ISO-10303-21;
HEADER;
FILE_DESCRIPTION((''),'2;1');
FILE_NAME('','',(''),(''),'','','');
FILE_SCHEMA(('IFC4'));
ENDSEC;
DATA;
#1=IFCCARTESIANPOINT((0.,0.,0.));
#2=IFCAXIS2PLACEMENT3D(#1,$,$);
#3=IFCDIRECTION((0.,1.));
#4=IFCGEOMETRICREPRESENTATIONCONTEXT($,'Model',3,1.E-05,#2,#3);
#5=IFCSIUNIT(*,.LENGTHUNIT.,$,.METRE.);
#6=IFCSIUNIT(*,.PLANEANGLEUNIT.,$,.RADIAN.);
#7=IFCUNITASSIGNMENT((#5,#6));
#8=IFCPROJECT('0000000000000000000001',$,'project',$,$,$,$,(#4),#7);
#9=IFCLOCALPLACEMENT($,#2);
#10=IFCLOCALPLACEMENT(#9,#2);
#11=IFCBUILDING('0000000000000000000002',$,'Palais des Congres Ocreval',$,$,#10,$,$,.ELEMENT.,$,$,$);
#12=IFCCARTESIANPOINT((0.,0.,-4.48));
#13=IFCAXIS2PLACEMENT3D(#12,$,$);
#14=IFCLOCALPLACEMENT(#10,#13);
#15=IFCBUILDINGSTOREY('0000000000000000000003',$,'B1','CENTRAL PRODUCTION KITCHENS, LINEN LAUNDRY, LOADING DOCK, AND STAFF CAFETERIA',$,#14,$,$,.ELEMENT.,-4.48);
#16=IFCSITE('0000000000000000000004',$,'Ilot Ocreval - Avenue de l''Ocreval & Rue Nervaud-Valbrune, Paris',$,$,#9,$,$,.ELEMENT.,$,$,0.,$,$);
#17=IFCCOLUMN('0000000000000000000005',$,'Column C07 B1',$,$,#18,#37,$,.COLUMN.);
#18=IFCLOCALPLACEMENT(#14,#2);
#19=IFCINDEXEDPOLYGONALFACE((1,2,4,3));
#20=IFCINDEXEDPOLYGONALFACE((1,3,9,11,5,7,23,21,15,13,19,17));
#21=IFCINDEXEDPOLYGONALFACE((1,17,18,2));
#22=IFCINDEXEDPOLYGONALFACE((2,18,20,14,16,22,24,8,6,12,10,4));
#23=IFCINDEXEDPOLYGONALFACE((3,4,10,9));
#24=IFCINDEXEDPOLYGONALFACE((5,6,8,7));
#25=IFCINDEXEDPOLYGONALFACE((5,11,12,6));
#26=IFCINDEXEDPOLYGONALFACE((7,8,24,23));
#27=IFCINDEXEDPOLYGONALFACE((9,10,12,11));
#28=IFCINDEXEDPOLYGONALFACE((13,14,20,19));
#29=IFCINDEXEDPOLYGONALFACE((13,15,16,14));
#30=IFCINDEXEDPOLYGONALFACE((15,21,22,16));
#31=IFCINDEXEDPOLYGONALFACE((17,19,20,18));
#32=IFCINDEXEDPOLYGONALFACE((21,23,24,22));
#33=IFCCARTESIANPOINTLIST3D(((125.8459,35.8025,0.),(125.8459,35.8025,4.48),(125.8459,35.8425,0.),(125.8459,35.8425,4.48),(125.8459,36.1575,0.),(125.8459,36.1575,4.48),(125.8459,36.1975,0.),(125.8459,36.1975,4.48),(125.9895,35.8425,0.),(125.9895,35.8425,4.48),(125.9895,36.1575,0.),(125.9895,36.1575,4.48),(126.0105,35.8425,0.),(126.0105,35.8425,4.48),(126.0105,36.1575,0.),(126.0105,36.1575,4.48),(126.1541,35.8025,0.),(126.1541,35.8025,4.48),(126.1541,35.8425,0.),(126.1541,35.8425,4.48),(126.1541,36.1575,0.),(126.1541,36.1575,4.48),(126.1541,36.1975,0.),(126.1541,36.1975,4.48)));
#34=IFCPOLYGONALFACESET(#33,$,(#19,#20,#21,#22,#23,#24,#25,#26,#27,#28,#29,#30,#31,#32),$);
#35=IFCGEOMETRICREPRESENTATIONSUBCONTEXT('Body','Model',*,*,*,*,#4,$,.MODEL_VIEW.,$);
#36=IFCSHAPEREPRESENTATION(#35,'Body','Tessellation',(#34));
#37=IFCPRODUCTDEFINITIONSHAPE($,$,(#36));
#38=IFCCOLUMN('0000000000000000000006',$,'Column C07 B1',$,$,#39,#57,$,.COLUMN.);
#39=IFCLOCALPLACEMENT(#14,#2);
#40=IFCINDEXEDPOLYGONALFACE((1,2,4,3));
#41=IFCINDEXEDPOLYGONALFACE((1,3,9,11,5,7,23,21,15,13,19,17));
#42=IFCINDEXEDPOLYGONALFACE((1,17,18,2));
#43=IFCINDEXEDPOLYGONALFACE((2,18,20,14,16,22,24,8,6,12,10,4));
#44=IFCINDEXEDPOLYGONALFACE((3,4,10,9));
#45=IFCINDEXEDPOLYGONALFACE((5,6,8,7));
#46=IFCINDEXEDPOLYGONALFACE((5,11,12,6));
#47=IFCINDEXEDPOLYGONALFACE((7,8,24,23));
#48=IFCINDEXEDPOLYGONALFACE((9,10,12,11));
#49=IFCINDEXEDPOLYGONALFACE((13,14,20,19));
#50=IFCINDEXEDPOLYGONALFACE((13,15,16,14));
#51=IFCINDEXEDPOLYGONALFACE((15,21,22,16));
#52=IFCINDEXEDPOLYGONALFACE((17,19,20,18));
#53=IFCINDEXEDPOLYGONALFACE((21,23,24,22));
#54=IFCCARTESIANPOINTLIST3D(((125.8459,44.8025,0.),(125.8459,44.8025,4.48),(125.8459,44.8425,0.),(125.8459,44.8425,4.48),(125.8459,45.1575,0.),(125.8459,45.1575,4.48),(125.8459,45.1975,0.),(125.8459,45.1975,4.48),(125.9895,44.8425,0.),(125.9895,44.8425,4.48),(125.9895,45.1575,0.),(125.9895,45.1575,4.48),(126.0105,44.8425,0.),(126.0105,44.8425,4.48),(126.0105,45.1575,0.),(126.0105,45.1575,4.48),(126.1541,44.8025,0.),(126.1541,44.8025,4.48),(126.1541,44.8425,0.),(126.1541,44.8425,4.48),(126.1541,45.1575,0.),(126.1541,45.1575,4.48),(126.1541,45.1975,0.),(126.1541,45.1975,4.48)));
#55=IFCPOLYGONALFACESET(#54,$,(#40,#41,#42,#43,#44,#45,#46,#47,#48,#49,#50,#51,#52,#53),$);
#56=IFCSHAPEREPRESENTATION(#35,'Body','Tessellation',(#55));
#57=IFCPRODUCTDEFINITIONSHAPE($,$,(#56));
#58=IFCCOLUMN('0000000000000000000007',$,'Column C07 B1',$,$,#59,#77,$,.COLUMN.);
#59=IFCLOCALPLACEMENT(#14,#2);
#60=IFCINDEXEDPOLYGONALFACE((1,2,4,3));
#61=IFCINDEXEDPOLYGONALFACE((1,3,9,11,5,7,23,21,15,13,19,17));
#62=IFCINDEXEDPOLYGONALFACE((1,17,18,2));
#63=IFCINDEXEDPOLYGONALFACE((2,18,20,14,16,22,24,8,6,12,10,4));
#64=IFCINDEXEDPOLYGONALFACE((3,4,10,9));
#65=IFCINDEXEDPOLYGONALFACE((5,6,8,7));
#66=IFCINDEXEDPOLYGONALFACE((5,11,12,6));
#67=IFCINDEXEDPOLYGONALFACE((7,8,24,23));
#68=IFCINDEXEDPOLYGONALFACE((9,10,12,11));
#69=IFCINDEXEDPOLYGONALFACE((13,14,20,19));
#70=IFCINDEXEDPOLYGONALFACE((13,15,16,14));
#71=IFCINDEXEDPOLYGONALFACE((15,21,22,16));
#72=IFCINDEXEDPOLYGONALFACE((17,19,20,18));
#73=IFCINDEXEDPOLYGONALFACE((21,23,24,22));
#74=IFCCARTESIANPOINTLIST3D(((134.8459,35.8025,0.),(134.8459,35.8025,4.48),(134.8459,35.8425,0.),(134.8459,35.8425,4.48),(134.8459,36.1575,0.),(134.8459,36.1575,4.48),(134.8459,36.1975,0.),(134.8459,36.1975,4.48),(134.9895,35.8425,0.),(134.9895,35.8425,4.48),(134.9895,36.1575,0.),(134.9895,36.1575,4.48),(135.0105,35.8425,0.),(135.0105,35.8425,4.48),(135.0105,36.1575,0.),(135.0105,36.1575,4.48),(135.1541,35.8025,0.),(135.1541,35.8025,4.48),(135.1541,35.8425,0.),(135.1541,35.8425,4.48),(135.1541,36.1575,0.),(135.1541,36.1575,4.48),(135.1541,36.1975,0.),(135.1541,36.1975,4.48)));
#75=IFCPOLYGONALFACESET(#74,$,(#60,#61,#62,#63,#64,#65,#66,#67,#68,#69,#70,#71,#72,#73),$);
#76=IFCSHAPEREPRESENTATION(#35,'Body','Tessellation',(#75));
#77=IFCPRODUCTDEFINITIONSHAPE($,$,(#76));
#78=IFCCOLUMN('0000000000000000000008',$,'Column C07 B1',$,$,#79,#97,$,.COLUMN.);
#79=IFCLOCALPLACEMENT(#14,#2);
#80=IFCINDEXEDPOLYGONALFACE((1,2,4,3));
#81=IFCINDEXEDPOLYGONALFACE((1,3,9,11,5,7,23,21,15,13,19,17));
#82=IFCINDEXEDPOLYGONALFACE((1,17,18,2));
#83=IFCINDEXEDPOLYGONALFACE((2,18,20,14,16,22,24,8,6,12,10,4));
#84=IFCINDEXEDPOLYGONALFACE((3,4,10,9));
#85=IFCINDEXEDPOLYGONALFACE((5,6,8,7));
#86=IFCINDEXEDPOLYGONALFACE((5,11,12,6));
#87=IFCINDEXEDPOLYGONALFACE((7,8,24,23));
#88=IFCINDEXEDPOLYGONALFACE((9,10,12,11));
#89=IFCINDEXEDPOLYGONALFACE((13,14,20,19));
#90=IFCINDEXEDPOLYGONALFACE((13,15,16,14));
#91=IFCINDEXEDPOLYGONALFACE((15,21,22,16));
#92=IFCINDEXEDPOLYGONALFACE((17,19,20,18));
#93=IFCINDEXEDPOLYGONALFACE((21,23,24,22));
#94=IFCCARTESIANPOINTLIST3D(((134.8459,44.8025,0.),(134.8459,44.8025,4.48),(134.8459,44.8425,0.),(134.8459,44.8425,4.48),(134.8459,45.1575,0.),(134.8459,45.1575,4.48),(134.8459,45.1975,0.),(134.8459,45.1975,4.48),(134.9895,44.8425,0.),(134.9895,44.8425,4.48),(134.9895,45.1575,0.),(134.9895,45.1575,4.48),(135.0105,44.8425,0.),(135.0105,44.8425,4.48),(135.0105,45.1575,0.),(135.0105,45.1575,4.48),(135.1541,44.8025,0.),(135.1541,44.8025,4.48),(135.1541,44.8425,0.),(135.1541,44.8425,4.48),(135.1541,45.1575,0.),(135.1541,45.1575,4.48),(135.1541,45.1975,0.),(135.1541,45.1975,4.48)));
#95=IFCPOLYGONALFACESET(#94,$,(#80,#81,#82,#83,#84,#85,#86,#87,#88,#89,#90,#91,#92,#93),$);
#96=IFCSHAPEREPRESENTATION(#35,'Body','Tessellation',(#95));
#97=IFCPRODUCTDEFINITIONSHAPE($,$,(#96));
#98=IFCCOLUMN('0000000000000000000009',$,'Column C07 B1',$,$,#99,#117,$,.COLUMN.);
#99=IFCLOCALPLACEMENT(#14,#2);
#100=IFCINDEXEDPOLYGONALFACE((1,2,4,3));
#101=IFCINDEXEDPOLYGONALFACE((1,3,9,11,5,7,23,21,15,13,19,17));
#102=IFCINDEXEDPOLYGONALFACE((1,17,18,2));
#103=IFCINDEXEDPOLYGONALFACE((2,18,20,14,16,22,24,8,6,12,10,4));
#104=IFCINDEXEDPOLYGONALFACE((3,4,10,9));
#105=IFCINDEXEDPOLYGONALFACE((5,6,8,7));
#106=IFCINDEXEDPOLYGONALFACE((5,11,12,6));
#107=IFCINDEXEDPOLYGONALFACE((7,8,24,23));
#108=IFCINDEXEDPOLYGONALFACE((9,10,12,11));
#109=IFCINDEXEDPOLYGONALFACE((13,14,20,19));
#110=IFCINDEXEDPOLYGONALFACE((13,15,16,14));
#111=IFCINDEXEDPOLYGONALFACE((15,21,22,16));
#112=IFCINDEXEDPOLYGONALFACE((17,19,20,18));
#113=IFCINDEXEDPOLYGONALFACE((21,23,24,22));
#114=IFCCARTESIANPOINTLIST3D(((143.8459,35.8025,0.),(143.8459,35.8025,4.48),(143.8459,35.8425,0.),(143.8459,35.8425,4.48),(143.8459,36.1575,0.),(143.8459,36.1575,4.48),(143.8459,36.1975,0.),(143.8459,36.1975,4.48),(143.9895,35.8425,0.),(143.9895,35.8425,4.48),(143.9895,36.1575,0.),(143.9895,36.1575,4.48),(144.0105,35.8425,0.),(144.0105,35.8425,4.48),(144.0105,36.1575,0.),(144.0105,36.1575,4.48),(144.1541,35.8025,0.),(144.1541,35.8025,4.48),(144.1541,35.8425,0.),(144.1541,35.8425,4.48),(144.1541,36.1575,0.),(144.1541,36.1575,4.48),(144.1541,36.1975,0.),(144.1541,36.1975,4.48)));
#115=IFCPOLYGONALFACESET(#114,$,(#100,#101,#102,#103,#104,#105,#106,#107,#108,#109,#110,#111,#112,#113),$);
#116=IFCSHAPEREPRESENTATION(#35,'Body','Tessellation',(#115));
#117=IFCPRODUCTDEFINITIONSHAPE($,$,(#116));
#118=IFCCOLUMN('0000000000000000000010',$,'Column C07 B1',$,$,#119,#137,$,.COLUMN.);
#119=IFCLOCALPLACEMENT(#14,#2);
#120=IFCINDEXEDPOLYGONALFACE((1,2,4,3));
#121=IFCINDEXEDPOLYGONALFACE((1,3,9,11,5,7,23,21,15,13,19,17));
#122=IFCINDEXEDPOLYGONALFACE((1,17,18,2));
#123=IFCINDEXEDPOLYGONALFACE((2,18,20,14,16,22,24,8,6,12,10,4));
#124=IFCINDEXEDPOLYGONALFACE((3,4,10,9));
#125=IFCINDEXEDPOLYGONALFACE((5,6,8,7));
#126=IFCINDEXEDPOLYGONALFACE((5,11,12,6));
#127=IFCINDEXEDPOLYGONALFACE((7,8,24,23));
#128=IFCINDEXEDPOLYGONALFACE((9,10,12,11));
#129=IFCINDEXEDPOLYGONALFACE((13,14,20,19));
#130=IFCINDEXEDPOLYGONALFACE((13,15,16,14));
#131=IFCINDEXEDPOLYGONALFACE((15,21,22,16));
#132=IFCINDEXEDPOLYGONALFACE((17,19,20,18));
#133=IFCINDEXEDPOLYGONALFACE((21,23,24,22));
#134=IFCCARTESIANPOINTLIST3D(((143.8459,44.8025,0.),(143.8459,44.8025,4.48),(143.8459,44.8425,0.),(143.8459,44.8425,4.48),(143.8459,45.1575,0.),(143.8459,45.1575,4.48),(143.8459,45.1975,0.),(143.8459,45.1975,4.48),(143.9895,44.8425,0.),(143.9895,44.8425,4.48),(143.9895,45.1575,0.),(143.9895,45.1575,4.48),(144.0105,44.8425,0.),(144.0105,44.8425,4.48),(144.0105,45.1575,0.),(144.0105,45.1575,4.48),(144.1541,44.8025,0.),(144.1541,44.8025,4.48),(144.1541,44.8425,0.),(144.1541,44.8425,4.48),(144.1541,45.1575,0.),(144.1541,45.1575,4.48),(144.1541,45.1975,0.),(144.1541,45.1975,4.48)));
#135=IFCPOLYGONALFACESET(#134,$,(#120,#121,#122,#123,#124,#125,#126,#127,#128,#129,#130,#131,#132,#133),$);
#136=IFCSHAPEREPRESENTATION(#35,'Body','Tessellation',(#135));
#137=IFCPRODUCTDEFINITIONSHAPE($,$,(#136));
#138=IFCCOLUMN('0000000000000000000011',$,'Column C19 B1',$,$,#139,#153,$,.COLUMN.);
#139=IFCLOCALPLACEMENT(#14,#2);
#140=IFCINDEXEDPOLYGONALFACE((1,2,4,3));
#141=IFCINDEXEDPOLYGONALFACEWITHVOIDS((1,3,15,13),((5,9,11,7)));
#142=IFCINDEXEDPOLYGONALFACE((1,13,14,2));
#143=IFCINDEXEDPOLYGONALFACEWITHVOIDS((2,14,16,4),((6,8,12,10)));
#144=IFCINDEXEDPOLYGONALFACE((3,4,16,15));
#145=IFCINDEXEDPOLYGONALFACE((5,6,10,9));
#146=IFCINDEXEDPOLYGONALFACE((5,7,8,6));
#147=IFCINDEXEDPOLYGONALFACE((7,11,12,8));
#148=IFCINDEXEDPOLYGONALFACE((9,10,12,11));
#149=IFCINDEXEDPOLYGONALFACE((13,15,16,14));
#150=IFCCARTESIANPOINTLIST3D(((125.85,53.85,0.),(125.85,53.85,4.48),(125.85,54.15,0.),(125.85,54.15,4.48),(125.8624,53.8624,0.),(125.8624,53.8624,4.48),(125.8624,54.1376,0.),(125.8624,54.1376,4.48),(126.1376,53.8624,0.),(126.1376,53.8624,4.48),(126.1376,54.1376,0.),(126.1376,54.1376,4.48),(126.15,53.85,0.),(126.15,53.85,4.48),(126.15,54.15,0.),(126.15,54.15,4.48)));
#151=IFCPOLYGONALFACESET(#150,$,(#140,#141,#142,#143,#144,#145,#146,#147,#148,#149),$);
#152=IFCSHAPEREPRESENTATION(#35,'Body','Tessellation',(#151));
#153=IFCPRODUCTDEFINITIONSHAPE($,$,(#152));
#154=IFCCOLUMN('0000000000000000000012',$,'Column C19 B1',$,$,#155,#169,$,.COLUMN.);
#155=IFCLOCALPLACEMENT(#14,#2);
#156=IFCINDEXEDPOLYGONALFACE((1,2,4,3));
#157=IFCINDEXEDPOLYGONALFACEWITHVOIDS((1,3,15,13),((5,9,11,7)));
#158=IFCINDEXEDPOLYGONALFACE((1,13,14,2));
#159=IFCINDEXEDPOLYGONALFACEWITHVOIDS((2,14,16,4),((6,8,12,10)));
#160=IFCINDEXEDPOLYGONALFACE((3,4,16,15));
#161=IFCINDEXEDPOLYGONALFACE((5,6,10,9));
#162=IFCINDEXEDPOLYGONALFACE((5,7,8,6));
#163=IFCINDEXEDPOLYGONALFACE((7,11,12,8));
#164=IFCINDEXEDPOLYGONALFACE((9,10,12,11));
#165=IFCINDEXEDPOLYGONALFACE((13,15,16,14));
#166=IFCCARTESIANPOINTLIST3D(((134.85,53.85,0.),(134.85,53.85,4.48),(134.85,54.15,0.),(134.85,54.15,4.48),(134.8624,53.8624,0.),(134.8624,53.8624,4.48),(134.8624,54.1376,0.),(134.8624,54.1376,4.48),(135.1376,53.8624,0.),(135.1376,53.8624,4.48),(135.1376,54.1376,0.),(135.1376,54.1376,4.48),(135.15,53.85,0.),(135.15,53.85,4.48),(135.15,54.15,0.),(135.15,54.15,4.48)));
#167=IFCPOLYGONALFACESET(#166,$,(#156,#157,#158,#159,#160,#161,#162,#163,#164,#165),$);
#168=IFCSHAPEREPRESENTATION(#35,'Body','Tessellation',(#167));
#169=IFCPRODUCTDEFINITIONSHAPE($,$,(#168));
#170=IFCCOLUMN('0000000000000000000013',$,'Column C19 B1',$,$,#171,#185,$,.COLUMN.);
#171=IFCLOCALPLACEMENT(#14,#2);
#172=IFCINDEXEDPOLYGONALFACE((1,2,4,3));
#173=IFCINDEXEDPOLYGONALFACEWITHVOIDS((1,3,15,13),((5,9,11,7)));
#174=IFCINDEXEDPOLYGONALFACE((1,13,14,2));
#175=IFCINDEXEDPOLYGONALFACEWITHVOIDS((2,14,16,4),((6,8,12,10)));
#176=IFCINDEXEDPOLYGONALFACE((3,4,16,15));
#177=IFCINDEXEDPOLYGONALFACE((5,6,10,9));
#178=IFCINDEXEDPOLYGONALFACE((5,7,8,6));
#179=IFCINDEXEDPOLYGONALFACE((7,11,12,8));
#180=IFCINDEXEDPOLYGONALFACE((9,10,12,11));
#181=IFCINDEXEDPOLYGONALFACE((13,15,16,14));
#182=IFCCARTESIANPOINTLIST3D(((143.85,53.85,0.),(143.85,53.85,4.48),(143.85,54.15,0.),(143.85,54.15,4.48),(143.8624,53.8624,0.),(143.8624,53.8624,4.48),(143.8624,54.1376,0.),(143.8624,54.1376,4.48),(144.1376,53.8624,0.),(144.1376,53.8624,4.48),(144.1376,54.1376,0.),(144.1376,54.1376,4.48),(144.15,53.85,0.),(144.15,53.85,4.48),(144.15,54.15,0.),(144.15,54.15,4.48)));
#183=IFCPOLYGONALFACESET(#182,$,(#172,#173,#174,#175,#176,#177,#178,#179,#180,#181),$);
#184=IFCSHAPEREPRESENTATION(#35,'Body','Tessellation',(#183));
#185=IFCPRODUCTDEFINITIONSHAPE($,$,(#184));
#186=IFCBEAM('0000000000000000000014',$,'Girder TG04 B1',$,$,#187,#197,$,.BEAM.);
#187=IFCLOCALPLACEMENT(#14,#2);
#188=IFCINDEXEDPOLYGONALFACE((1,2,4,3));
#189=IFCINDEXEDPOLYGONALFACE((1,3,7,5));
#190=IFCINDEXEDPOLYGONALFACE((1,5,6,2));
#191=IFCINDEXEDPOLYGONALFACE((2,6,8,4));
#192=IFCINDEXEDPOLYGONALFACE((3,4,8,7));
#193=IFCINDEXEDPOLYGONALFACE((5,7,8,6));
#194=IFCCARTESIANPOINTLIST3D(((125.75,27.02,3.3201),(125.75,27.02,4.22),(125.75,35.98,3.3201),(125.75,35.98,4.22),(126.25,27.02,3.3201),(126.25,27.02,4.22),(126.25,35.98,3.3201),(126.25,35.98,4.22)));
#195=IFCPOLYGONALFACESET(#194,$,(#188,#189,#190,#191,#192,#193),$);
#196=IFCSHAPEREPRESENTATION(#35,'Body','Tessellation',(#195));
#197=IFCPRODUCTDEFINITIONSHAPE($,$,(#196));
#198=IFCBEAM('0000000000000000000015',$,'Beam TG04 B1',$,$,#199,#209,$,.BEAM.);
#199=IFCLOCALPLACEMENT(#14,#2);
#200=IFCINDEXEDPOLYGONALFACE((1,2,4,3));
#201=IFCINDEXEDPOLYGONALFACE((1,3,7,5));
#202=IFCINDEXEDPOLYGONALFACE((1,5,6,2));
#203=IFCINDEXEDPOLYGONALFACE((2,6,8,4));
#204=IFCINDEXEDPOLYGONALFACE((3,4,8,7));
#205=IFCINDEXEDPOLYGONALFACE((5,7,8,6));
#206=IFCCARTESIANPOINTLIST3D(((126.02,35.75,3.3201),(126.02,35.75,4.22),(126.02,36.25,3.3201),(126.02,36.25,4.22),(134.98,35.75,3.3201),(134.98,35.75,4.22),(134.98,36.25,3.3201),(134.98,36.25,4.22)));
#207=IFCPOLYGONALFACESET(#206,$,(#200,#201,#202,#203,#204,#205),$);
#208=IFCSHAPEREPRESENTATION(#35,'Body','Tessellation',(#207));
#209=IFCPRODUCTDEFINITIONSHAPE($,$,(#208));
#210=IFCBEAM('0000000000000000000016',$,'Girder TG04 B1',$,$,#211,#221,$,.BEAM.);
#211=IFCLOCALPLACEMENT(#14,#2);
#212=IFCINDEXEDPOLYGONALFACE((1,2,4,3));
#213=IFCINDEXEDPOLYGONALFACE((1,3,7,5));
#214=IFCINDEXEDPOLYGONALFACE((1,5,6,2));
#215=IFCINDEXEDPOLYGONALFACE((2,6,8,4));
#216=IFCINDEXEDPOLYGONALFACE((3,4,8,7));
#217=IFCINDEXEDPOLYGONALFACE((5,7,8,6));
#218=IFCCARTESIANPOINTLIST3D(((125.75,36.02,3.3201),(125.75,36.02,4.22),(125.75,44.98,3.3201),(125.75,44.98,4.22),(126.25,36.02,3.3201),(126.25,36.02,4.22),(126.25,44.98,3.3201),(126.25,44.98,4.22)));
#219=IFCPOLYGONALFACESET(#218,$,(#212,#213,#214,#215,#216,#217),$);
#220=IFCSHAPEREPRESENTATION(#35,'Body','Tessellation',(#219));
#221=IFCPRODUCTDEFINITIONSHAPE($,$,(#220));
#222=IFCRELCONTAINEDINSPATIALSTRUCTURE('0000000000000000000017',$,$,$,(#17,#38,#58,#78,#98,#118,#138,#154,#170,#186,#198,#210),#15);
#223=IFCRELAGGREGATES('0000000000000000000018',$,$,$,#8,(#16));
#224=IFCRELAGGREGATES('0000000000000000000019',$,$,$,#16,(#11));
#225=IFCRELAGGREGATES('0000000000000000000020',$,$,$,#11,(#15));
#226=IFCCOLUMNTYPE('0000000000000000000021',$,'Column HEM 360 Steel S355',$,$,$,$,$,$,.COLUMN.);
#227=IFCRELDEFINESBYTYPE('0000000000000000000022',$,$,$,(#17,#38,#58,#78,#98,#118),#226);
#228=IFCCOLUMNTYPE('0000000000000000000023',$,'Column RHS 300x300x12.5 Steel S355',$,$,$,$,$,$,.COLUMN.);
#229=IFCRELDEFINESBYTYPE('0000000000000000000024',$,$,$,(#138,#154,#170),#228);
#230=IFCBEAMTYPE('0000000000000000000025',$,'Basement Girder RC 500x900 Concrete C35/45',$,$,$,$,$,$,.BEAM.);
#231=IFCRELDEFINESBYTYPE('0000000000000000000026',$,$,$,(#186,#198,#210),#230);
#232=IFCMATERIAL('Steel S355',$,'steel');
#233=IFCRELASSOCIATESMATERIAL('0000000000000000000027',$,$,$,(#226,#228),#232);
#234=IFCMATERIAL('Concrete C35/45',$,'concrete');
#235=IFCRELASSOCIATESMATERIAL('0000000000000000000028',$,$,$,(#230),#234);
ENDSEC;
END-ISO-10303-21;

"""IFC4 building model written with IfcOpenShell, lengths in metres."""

from ifc_helpers import new_model, si_unit, direction, frame, origin, origin_2d, place, context, subcontext, project, spatial, rectangle, hollow_rectangle, i_section, extrude, material, material_profile, profile_set, type_object, element, save


model = new_model("IFC4")

# Units and contexts
model_context = context("Model", 3, precision=1e-05, world=origin(), true_north=direction((0.0, 1.0)))
body_context = subcontext(model_context, "Body", "Model", "MODEL_VIEW")
ifc_project = project(units=[si_unit("LENGTHUNIT", "METRE"), si_unit("PLANEANGLEUNIT", "RADIAN")], contexts=[model_context])

# Site, building, storey
site_placement = place(None, origin())
site = spatial("IfcSite", under=ifc_project, at=site_placement, Name="Ilot Ocreval - Avenue de l'Ocreval & Rue Nervaud-Valbrune, Paris", CompositionType="ELEMENT", RefElevation=0.0)
building_placement = place(site_placement, origin())
building = spatial("IfcBuilding", under=site, at=building_placement, Name="Palais des Congres Ocreval", CompositionType="ELEMENT")
storey_placement = place(building_placement, frame((0.0, 0.0, -4.48)))
storey = spatial("IfcBuildingStorey", under=building, at=storey_placement, Name="B1", Description="CENTRAL PRODUCTION KITCHENS, LINEN LAUNDRY, LOADING DOCK, AND STAFF CAFETERIA", CompositionType="ELEMENT", Elevation=-4.48)

# Columns
ifc_material_1 = material(Name="Steel S355", Category="steel")
ifc_material_profile_1 = material_profile(ifc_material_1, i_section(OverallWidth=0.3081, OverallDepth=0.395, WebThickness=0.021, FlangeThickness=0.04, at=origin_2d()), Name="HEM 360")
ifc_profile_set_1 = profile_set([ifc_material_profile_1], Name="Steel S355")
column_type_1 = type_object("IfcColumnType", Name="Column HEM 360 Steel S355", PredefinedType="COLUMN", material=ifc_profile_set_1)
for number, where, z_axis, x_axis, name in (
    (1, (126.0, 36.0, 0.0), (0.0, 0.0, 1.0), (1.0, 0.0, 0.0), "Column C07 B1"),
    (2, (126.0, 45.0, 0.0), (0.0, 0.0, 1.0), (1.0, 0.0, 0.0), "Column C07 B1"),
    (3, (135.0, 36.0, 0.0), (0.0, 0.0, 1.0), (1.0, 0.0, 0.0), "Column C07 B1"),
    (4, (135.0, 45.0, 0.0), (0.0, 0.0, 1.0), (1.0, 0.0, 0.0), "Column C07 B1"),
    (5, (144.0, 36.0, 0.0), (0.0, 0.0, 1.0), (1.0, 0.0, 0.0), "Column C07 B1"),
    (6, (144.0, 45.0, 0.0), (0.0, 0.0, 1.0), (1.0, 0.0, 0.0), "Column C07 B1"),
):
    element("IfcColumn", number, at=place(storey_placement, frame(where, z_axis=z_axis, x_axis=x_axis)), inside=storey, type_object=column_type_1, Name=name, PredefinedType="COLUMN", context=body_context, shape_type="SweptSolid", body=[
        extrude(i_section(OverallWidth=0.3081, OverallDepth=0.395, WebThickness=0.021, FlangeThickness=0.04, at=origin_2d()), origin(), (0.0, 0.0, 1.0), 4.48),
    ])
ifc_material_profile_2 = material_profile(ifc_material_1, hollow_rectangle(XDim=0.3, YDim=0.3, WallThickness=0.0125, at=origin_2d()), Name="RHS 300x300x12.5")
ifc_profile_set_2 = profile_set([ifc_material_profile_2], Name="Steel S355")
column_type_2 = type_object("IfcColumnType", Name="Column RHS 300x300x12.5 Steel S355", PredefinedType="COLUMN", material=ifc_profile_set_2)
for number, where, z_axis, x_axis, name in (
    (7, (126.0, 54.0, 0.0), (0.0, 0.0, 1.0), (1.0, 0.0, 0.0), "Column C19 B1"),
    (8, (135.0, 54.0, 0.0), (0.0, 0.0, 1.0), (1.0, 0.0, 0.0), "Column C19 B1"),
    (9, (144.0, 54.0, 0.0), (0.0, 0.0, 1.0), (1.0, 0.0, 0.0), "Column C19 B1"),
):
    element("IfcColumn", number, at=place(storey_placement, frame(where, z_axis=z_axis, x_axis=x_axis)), inside=storey, type_object=column_type_2, Name=name, PredefinedType="COLUMN", context=body_context, shape_type="SweptSolid", body=[
        extrude(hollow_rectangle(XDim=0.3, YDim=0.3, WallThickness=0.0125, at=origin_2d()), origin(), (0.0, 0.0, 1.0), 4.48),
    ])

# Beams
ifc_material_2 = material(Name="Concrete C35/45", Category="concrete")
ifc_material_profile_3 = material_profile(ifc_material_2, rectangle(XDim=0.5, YDim=0.8999, at=origin_2d()), Name="RC 500x900")
ifc_profile_set_3 = profile_set([ifc_material_profile_3], Name="Concrete C35/45")
beam_type = type_object("IfcBeamType", Name="Basement Girder RC 500x900 Concrete C35/45", PredefinedType="BEAM", material=ifc_profile_set_3)
for number, where, z_axis, x_axis, name in (
    (10, (126.0, 27.02, 3.77), (0.0, 1.0, 0.0), (-1.0, 0.0, 0.0), "Girder TG04 B1"),
    (11, (126.02, 36.0, 3.77), (1.0, 0.0, 0.0), (0.0, 1.0, 0.0), "Beam TG04 B1"),
    (12, (126.0, 36.02, 3.77), (0.0, 1.0, 0.0), (-1.0, 0.0, 0.0), "Girder TG04 B1"),
):
    element("IfcBeam", number, at=place(storey_placement, frame(where, z_axis=z_axis, x_axis=x_axis)), inside=storey, type_object=beam_type, Name=name, PredefinedType="BEAM", context=body_context, shape_type="SweptSolid", body=[
        extrude(rectangle(XDim=0.5, YDim=0.8999, at=origin_2d()), origin(), (0.0, 0.0, 1.0), 8.96),
    ])

save(model, "model.ifc")
